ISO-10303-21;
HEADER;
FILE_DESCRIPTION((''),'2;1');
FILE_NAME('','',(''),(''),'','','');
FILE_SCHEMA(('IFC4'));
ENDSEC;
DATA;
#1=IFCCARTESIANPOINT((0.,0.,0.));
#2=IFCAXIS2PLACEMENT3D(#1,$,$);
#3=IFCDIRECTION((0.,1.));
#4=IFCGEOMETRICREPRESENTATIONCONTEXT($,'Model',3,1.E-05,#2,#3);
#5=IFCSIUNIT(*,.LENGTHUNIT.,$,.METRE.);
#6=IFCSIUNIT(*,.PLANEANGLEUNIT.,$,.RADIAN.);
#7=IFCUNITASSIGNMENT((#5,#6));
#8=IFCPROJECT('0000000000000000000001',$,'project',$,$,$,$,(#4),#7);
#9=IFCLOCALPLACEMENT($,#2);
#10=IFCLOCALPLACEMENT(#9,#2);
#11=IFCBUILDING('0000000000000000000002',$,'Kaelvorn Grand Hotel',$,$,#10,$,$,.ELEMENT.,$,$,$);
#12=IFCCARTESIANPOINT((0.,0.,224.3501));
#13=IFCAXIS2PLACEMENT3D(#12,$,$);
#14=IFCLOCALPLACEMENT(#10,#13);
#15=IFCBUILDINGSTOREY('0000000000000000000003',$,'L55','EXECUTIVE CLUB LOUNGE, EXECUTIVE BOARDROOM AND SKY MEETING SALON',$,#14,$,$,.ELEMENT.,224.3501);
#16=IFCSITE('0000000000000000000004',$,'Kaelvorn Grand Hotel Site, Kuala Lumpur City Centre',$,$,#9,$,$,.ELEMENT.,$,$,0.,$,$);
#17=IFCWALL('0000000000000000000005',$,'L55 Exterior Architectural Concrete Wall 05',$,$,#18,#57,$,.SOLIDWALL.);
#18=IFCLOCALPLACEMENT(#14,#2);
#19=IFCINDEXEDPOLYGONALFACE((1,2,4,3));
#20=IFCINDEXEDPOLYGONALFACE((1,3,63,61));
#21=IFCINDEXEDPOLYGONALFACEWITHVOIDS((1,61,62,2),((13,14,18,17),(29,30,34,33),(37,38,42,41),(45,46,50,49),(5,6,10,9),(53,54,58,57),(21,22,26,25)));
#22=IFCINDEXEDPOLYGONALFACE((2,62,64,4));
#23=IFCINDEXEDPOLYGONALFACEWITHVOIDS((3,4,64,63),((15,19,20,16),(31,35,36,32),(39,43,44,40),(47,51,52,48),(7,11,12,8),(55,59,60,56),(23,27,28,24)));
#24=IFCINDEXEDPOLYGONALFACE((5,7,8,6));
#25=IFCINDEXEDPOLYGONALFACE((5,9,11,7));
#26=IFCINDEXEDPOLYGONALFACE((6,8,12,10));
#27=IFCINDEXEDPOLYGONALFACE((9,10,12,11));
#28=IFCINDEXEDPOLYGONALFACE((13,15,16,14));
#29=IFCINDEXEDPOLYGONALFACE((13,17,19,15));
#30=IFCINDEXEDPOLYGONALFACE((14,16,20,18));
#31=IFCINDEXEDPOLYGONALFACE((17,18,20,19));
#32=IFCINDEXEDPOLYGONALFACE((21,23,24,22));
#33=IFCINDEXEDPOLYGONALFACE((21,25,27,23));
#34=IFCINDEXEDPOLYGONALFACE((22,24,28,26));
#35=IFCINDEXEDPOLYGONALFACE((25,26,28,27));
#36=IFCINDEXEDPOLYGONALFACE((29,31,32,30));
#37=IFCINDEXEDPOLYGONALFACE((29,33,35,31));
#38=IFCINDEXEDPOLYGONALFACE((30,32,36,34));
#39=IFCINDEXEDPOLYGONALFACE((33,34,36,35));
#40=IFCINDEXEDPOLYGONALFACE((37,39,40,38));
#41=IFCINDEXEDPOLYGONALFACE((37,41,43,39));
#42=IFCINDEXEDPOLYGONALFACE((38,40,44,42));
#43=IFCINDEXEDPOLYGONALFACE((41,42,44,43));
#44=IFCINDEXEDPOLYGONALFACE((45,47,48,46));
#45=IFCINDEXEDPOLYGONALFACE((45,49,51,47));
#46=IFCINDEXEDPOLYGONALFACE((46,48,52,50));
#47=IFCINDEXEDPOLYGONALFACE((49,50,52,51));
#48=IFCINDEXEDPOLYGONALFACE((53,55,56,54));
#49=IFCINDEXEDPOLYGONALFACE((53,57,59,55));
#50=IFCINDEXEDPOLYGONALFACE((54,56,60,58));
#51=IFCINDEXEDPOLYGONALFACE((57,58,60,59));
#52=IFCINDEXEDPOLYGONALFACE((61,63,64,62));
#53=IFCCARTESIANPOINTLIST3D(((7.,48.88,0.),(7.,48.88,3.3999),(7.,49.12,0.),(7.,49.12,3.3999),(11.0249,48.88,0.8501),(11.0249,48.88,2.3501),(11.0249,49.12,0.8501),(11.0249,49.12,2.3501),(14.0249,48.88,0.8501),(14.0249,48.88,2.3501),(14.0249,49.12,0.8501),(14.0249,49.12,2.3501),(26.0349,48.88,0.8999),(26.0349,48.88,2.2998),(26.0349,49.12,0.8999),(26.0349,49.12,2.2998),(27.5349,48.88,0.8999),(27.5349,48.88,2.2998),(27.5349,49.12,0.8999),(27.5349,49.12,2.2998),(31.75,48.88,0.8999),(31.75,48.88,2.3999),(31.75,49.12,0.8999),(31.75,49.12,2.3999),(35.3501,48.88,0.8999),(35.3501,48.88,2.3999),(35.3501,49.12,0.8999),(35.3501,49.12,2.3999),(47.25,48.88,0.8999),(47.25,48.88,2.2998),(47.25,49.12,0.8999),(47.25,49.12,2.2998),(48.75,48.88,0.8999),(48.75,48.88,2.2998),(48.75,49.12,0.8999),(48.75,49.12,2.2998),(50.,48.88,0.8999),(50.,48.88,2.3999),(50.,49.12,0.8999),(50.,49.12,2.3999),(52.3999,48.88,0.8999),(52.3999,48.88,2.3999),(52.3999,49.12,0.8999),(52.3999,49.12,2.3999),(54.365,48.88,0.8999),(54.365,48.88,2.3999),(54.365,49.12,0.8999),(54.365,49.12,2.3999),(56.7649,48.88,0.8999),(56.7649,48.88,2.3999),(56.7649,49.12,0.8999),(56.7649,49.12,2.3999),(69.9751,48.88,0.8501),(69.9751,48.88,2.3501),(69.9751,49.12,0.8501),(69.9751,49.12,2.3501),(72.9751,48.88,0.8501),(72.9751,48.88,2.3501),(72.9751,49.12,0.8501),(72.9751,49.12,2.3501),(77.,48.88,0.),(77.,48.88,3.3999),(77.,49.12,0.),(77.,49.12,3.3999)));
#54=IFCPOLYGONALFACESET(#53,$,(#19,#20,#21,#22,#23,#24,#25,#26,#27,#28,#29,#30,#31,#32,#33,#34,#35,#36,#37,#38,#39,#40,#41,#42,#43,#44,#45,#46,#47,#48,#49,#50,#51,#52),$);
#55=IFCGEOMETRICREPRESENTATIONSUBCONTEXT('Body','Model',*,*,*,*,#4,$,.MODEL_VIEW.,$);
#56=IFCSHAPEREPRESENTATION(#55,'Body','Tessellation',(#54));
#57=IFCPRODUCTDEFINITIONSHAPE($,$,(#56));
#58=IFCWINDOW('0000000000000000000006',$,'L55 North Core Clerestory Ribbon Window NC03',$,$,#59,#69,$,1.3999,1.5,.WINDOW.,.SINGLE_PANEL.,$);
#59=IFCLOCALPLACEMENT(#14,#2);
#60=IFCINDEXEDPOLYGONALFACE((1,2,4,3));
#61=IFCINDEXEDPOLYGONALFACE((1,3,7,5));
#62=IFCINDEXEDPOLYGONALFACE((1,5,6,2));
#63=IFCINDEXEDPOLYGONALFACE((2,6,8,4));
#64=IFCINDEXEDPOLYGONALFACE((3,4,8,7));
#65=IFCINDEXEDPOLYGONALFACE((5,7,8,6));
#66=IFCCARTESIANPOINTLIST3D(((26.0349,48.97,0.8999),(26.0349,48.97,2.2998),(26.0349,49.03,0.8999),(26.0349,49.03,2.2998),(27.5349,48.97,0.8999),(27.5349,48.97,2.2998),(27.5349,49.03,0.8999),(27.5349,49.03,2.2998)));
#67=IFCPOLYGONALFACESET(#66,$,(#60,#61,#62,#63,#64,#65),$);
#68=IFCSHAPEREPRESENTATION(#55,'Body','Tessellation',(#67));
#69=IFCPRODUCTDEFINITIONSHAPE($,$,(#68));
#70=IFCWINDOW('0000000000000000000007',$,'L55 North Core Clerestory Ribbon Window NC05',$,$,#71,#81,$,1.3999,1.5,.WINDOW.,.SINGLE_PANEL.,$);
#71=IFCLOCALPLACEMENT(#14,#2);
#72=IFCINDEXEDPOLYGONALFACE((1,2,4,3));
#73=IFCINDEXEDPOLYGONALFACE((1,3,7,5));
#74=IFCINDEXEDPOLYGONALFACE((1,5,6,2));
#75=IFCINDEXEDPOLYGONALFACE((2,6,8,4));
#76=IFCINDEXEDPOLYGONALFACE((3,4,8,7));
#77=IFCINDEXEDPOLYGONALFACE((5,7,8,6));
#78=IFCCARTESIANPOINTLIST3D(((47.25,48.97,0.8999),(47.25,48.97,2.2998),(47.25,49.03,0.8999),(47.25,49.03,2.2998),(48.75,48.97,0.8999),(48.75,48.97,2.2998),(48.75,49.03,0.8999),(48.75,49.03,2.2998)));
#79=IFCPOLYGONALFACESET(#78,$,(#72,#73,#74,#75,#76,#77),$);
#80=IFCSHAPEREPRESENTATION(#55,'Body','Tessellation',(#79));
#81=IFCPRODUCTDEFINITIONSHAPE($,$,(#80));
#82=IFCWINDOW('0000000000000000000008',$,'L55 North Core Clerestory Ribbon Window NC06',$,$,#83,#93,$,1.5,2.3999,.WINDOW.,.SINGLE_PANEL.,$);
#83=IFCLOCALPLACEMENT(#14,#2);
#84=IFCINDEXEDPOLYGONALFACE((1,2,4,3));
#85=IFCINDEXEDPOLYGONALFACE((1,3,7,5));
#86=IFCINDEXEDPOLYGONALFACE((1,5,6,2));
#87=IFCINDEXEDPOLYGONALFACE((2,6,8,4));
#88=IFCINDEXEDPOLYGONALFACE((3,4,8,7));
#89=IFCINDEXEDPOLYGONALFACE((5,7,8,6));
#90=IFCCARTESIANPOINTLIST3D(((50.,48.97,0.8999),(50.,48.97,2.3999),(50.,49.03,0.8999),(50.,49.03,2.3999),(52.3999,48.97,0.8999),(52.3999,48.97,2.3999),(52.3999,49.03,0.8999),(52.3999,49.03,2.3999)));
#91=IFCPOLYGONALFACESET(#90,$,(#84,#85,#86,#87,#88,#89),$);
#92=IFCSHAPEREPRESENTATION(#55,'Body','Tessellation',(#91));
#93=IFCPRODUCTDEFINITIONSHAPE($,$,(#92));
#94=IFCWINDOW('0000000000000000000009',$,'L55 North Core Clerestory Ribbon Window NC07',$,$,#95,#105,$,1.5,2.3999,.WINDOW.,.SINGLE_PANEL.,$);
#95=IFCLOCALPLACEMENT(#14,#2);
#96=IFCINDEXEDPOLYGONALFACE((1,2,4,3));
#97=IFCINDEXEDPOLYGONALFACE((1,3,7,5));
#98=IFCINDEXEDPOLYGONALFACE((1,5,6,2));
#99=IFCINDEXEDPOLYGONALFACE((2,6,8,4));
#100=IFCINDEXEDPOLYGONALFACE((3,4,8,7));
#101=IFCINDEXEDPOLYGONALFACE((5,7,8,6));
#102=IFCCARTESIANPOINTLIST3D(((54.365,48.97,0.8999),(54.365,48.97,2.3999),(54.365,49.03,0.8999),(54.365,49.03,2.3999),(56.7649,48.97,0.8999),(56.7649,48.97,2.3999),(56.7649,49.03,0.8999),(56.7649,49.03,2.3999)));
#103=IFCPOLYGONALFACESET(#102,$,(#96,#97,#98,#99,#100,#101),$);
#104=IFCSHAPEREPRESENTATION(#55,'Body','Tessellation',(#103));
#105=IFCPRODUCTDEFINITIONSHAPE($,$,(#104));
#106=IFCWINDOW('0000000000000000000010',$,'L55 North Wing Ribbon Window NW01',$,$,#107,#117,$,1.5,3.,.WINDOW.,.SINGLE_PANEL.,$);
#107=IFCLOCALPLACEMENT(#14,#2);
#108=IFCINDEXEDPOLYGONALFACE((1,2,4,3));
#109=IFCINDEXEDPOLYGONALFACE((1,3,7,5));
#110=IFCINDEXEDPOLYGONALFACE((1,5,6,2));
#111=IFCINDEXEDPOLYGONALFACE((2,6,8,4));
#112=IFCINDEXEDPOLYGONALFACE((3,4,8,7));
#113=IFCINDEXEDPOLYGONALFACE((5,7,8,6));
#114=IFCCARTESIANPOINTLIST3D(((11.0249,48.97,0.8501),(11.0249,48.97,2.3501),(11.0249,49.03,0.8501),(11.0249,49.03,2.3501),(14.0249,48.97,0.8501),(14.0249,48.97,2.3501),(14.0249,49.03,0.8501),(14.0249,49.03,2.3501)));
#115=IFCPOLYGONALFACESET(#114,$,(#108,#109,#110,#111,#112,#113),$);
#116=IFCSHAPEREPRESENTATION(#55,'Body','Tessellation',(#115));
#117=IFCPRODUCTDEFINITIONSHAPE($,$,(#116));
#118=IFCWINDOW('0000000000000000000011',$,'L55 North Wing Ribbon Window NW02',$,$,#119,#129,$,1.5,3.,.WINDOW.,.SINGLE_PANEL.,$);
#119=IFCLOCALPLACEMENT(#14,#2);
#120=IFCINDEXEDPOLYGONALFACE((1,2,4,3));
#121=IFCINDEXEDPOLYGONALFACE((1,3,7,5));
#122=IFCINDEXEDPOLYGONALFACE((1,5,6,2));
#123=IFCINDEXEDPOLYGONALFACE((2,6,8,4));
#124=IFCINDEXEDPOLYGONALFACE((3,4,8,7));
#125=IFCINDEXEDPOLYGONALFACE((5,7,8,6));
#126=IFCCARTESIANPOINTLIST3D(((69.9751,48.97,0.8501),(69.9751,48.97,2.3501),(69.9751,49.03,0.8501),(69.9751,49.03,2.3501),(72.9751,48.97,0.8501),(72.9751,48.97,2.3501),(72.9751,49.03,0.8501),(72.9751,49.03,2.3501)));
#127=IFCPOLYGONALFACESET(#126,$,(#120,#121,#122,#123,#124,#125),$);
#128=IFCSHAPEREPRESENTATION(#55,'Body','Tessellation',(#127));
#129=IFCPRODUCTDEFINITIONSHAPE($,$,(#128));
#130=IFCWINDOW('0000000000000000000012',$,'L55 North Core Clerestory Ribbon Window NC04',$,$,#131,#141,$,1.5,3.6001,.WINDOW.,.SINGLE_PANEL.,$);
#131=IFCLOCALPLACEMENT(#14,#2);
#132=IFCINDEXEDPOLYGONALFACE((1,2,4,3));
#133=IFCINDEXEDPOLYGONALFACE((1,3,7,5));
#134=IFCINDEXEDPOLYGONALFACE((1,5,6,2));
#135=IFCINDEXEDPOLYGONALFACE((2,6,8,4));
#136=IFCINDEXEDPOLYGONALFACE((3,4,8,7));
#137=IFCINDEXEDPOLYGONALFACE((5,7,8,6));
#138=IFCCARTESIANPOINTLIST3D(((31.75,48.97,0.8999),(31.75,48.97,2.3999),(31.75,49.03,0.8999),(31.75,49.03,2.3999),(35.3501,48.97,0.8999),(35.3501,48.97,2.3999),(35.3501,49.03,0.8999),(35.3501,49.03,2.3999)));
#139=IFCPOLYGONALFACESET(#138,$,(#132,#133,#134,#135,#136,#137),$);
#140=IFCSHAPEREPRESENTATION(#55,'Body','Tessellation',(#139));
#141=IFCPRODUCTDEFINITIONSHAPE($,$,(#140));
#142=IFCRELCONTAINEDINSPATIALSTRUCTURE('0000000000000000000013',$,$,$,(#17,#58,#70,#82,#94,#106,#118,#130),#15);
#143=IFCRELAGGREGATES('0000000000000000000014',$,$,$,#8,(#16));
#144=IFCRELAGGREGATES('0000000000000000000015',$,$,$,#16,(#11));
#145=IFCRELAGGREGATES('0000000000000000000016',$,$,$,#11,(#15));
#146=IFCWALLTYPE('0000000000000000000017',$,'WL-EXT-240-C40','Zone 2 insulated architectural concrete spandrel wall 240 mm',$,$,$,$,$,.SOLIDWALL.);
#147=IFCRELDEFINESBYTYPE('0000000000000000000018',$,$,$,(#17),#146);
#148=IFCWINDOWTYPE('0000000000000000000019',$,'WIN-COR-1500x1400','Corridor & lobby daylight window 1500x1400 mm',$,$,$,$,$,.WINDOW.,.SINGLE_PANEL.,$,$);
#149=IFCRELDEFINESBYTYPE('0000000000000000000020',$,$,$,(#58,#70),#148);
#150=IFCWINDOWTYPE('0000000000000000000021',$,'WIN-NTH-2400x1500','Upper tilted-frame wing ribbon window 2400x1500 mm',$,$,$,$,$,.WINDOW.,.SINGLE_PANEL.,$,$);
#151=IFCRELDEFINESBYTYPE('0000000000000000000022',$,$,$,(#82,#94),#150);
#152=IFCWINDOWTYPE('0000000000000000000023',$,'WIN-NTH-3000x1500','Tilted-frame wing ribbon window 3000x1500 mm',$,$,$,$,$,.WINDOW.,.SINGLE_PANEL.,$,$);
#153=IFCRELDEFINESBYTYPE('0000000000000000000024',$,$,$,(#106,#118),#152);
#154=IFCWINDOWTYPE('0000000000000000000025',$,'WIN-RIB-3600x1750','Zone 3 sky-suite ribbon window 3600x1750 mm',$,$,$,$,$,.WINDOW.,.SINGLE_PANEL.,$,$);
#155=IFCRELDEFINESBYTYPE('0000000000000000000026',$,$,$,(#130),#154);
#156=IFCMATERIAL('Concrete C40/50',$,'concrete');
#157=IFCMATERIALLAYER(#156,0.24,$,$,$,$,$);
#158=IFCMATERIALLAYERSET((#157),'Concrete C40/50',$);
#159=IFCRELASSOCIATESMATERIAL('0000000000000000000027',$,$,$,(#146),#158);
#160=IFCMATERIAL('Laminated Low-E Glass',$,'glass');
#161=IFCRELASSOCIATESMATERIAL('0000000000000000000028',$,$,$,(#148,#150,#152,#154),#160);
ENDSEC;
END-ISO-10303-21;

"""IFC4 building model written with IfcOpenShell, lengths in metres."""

from ifc_helpers import new_model, si_unit, direction, frame, frame_2d, origin, place, context, subcontext, project, spatial, rectangle, extrude, material, layer, layer_set, type_object, element, fill, save


model = new_model("IFC4")

# Units and contexts
model_context = context("Model", 3, precision=1e-05, world=origin(), true_north=direction((0.0, 1.0)))
body_context = subcontext(model_context, "Body", "Model", "MODEL_VIEW")
ifc_project = project(units=[si_unit("LENGTHUNIT", "METRE"), si_unit("PLANEANGLEUNIT", "RADIAN")], contexts=[model_context])

# Site, building, storey
site_placement = place(None, origin())
site = spatial("IfcSite", under=ifc_project, at=site_placement, Name="Kaelvorn Grand Hotel Site, Kuala Lumpur City Centre", CompositionType="ELEMENT", RefElevation=0.0)
building_placement = place(site_placement, origin())
building = spatial("IfcBuilding", under=site, at=building_placement, Name="Kaelvorn Grand Hotel", CompositionType="ELEMENT")
storey_placement = place(building_placement, frame((0.0, 0.0, 224.3501)))
storey = spatial("IfcBuildingStorey", under=building, at=storey_placement, Name="L55", Description="EXECUTIVE CLUB LOUNGE, EXECUTIVE BOARDROOM AND SKY MEETING SALON", CompositionType="ELEMENT", Elevation=224.3501)

# Shared definitions
ifc_material_1 = material(Name="Laminated Low-E Glass", Category="glass")

# Shared definitions
ifc_material_2 = material(Name="Concrete C40/50", Category="concrete")
ifc_layer_1 = layer(ifc_material_2, 0.24)
ifc_layer_set_1 = layer_set([ifc_layer_1], Name="Concrete C40/50")
wall_type = type_object("IfcWallType", Name="WL-EXT-240-C40", Description="Zone 2 insulated architectural concrete spandrel wall 240 mm", PredefinedType="SOLIDWALL", material=ifc_layer_set_1)

# Wall, openings, windows
wall_1_placement = place(storey_placement, frame((77.0, 49.0, 0.0), z_axis=(0.0, 0.0, 1.0), x_axis=(-1.0, 0.0, 0.0)))
wall_1 = element("IfcWall", 1, at=wall_1_placement, inside=storey, type_object=wall_type, Name="L55 Exterior Architectural Concrete Wall 05", PredefinedType="SOLIDWALL", context=body_context, shape_type="SweptSolid", body=[
    extrude(rectangle(XDim=70.0, YDim=0.24, at=frame_2d((35.0, 0.0))), origin(), (0.0, 0.0, 1.0), 3.3999),
])
opening_1_placement = place(wall_1_placement, frame((62.9751, 0.0, 0.8501)))
opening_1 = element("IfcOpeningElement", 2, at=opening_1_placement, cuts=wall_1, PredefinedType="OPENING", context=body_context, shape_type="SweptSolid", body=[
    extrude(rectangle(XDim=3.0, YDim=1.5, at=frame_2d((1.5, 0.75))), frame((0.0, 0.1299, 0.0), z_axis=(0.0, -1.0, 0.0), x_axis=(1.0, 0.0, 0.0)), (0.0, 0.0, 1.0), 0.26),
])
opening_2_placement = place(wall_1_placement, frame((4.0249, 0.0, 0.8501)))
opening_2 = element("IfcOpeningElement", 3, at=opening_2_placement, cuts=wall_1, PredefinedType="OPENING", context=body_context, shape_type="SweptSolid", body=[
    extrude(rectangle(XDim=3.0, YDim=1.5, at=frame_2d((1.5, 0.75))), frame((0.0, 0.1299, 0.0), z_axis=(0.0, -1.0, 0.0), x_axis=(1.0, 0.0, 0.0)), (0.0, 0.0, 1.0), 0.26),
])
opening_3_placement = place(wall_1_placement, frame((49.4651, 0.0, 0.8999)))
opening_3 = element("IfcOpeningElement", 4, at=opening_3_placement, cuts=wall_1, PredefinedType="OPENING", context=body_context, shape_type="SweptSolid", body=[
    extrude(rectangle(XDim=1.5, YDim=1.3999, at=frame_2d((0.75, 0.7))), frame((0.0, 0.1299, 0.0), z_axis=(0.0, -1.0, 0.0), x_axis=(1.0, 0.0, 0.0)), (0.0, 0.0, 1.0), 0.26),
])
opening_4_placement = place(wall_1_placement, frame((41.6499, 0.0, 0.8999)))
opening_4 = element("IfcOpeningElement", 5, at=opening_4_placement, cuts=wall_1, PredefinedType="OPENING", context=body_context, shape_type="SweptSolid", body=[
    extrude(rectangle(XDim=3.6001, YDim=1.5, at=frame_2d((1.8, 0.75))), frame((0.0, 0.1299, 0.0), z_axis=(0.0, -1.0, 0.0), x_axis=(1.0, 0.0, 0.0)), (0.0, 0.0, 1.0), 0.26),
])
opening_5_placement = place(wall_1_placement, frame((28.25, 0.0, 0.8999)))
opening_5 = element("IfcOpeningElement", 6, at=opening_5_placement, cuts=wall_1, PredefinedType="OPENING", context=body_context, shape_type="SweptSolid", body=[
    extrude(rectangle(XDim=1.5, YDim=1.3999, at=frame_2d((0.75, 0.7))), frame((0.0, 0.1299, 0.0), z_axis=(0.0, -1.0, 0.0), x_axis=(1.0, 0.0, 0.0)), (0.0, 0.0, 1.0), 0.26),
])
opening_6_placement = place(wall_1_placement, frame((24.6001, 0.0, 0.8999)))
opening_6 = element("IfcOpeningElement", 7, at=opening_6_placement, cuts=wall_1, PredefinedType="OPENING", context=body_context, shape_type="SweptSolid", body=[
    extrude(rectangle(XDim=2.3999, YDim=1.5, at=frame_2d((1.2, 0.75))), frame((0.0, 0.1299, 0.0), z_axis=(0.0, -1.0, 0.0), x_axis=(1.0, 0.0, 0.0)), (0.0, 0.0, 1.0), 0.26),
])
opening_7_placement = place(wall_1_placement, frame((20.2351, 0.0, 0.8999)))
opening_7 = element("IfcOpeningElement", 8, at=opening_7_placement, cuts=wall_1, PredefinedType="OPENING", context=body_context, shape_type="SweptSolid", body=[
    extrude(rectangle(XDim=2.3999, YDim=1.5, at=frame_2d((1.2, 0.75))), frame((0.0, 0.1299, 0.0), z_axis=(0.0, -1.0, 0.0), x_axis=(1.0, 0.0, 0.0)), (0.0, 0.0, 1.0), 0.26),
])
window_type_1 = type_object("IfcWindowType", Name="WIN-COR-1500x1400", Description="Corridor & lobby daylight window 1500x1400 mm", PartitioningType="SINGLE_PANEL", PredefinedType="WINDOW", material=ifc_material_1)
window_1_placement = place(opening_3_placement, origin())
window_1 = element("IfcWindow", 9, at=window_1_placement, inside=storey, type_object=window_type_1, Name="L55 North Core Clerestory Ribbon Window NC03", OverallHeight=1.3999, OverallWidth=1.5, PartitioningType="SINGLE_PANEL", PredefinedType="WINDOW", context=body_context, shape_type="SweptSolid", body=[
    extrude(rectangle(XDim=1.5, YDim=1.3999, at=frame_2d((0.75, 0.7))), frame((0.0, 0.03, 0.0), z_axis=(0.0, -1.0, 0.0), x_axis=(1.0, 0.0, 0.0)), (0.0, 0.0, 1.0), 0.0601),
])
fill(opening_3, window_1)
window_2_placement = place(opening_5_placement, origin())
window_2 = element("IfcWindow", 10, at=window_2_placement, inside=storey, type_object=window_type_1, Name="L55 North Core Clerestory Ribbon Window NC05", OverallHeight=1.3999, OverallWidth=1.5, PartitioningType="SINGLE_PANEL", PredefinedType="WINDOW", context=body_context, shape_type="SweptSolid", body=[
    extrude(rectangle(XDim=1.5, YDim=1.3999, at=frame_2d((0.75, 0.7))), frame((0.0, 0.03, 0.0), z_axis=(0.0, -1.0, 0.0), x_axis=(1.0, 0.0, 0.0)), (0.0, 0.0, 1.0), 0.0601),
])
fill(opening_5, window_2)
window_type_2 = type_object("IfcWindowType", Name="WIN-NTH-2400x1500", Description="Upper tilted-frame wing ribbon window 2400x1500 mm", PartitioningType="SINGLE_PANEL", PredefinedType="WINDOW", material=ifc_material_1)
window_3_placement = place(opening_6_placement, origin())
window_3 = element("IfcWindow", 11, at=window_3_placement, inside=storey, type_object=window_type_2, Name="L55 North Core Clerestory Ribbon Window NC06", OverallHeight=1.5, OverallWidth=2.3999, PartitioningType="SINGLE_PANEL", PredefinedType="WINDOW", context=body_context, shape_type="SweptSolid", body=[
    extrude(rectangle(XDim=2.3999, YDim=1.5, at=frame_2d((1.2, 0.75))), frame((0.0, 0.03, 0.0), z_axis=(0.0, -1.0, 0.0), x_axis=(1.0, 0.0, 0.0)), (0.0, 0.0, 1.0), 0.0601),
])
fill(opening_6, window_3)
window_4_placement = place(opening_7_placement, origin())
window_4 = element("IfcWindow", 12, at=window_4_placement, inside=storey, type_object=window_type_2, Name="L55 North Core Clerestory Ribbon Window NC07", OverallHeight=1.5, OverallWidth=2.3999, PartitioningType="SINGLE_PANEL", PredefinedType="WINDOW", context=body_context, shape_type="SweptSolid", body=[
    extrude(rectangle(XDim=2.3999, YDim=1.5, at=frame_2d((1.2, 0.75))), frame((0.0, 0.03, 0.0), z_axis=(0.0, -1.0, 0.0), x_axis=(1.0, 0.0, 0.0)), (0.0, 0.0, 1.0), 0.0601),
])
fill(opening_7, window_4)
window_type_3 = type_object("IfcWindowType", Name="WIN-NTH-3000x1500", Description="Tilted-frame wing ribbon window 3000x1500 mm", PartitioningType="SINGLE_PANEL", PredefinedType="WINDOW", material=ifc_material_1)
window_5_placement = place(opening_1_placement, origin())
window_5 = element("IfcWindow", 13, at=window_5_placement, inside=storey, type_object=window_type_3, Name="L55 North Wing Ribbon Window NW01", OverallHeight=1.5, OverallWidth=3.0, PartitioningType="SINGLE_PANEL", PredefinedType="WINDOW", context=body_context, shape_type="SweptSolid", body=[
    extrude(rectangle(XDim=3.0, YDim=1.5, at=frame_2d((1.5, 0.75))), frame((0.0, 0.03, 0.0), z_axis=(0.0, -1.0, 0.0), x_axis=(1.0, 0.0, 0.0)), (0.0, 0.0, 1.0), 0.0601),
])
fill(opening_1, window_5)
window_6_placement = place(opening_2_placement, origin())
window_6 = element("IfcWindow", 14, at=window_6_placement, inside=storey, type_object=window_type_3, Name="L55 North Wing Ribbon Window NW02", OverallHeight=1.5, OverallWidth=3.0, PartitioningType="SINGLE_PANEL", PredefinedType="WINDOW", context=body_context, shape_type="SweptSolid", body=[
    extrude(rectangle(XDim=3.0, YDim=1.5, at=frame_2d((1.5, 0.75))), frame((0.0, 0.03, 0.0), z_axis=(0.0, -1.0, 0.0), x_axis=(1.0, 0.0, 0.0)), (0.0, 0.0, 1.0), 0.0601),
])
fill(opening_2, window_6)
window_type_4 = type_object("IfcWindowType", Name="WIN-RIB-3600x1750", Description="Zone 3 sky-suite ribbon window 3600x1750 mm", PartitioningType="SINGLE_PANEL", PredefinedType="WINDOW", material=ifc_material_1)
window_7_placement = place(opening_4_placement, origin())
window_7 = element("IfcWindow", 15, at=window_7_placement, inside=storey, type_object=window_type_4, Name="L55 North Core Clerestory Ribbon Window NC04", OverallHeight=1.5, OverallWidth=3.6001, PartitioningType="SINGLE_PANEL", PredefinedType="WINDOW", context=body_context, shape_type="SweptSolid", body=[
    extrude(rectangle(XDim=3.6001, YDim=1.5, at=frame_2d((1.8, 0.75))), frame((0.0, 0.03, 0.0), z_axis=(0.0, -1.0, 0.0), x_axis=(1.0, 0.0, 0.0)), (0.0, 0.0, 1.0), 0.0601),
])
fill(opening_4, window_7)

save(model, "model.ifc")
